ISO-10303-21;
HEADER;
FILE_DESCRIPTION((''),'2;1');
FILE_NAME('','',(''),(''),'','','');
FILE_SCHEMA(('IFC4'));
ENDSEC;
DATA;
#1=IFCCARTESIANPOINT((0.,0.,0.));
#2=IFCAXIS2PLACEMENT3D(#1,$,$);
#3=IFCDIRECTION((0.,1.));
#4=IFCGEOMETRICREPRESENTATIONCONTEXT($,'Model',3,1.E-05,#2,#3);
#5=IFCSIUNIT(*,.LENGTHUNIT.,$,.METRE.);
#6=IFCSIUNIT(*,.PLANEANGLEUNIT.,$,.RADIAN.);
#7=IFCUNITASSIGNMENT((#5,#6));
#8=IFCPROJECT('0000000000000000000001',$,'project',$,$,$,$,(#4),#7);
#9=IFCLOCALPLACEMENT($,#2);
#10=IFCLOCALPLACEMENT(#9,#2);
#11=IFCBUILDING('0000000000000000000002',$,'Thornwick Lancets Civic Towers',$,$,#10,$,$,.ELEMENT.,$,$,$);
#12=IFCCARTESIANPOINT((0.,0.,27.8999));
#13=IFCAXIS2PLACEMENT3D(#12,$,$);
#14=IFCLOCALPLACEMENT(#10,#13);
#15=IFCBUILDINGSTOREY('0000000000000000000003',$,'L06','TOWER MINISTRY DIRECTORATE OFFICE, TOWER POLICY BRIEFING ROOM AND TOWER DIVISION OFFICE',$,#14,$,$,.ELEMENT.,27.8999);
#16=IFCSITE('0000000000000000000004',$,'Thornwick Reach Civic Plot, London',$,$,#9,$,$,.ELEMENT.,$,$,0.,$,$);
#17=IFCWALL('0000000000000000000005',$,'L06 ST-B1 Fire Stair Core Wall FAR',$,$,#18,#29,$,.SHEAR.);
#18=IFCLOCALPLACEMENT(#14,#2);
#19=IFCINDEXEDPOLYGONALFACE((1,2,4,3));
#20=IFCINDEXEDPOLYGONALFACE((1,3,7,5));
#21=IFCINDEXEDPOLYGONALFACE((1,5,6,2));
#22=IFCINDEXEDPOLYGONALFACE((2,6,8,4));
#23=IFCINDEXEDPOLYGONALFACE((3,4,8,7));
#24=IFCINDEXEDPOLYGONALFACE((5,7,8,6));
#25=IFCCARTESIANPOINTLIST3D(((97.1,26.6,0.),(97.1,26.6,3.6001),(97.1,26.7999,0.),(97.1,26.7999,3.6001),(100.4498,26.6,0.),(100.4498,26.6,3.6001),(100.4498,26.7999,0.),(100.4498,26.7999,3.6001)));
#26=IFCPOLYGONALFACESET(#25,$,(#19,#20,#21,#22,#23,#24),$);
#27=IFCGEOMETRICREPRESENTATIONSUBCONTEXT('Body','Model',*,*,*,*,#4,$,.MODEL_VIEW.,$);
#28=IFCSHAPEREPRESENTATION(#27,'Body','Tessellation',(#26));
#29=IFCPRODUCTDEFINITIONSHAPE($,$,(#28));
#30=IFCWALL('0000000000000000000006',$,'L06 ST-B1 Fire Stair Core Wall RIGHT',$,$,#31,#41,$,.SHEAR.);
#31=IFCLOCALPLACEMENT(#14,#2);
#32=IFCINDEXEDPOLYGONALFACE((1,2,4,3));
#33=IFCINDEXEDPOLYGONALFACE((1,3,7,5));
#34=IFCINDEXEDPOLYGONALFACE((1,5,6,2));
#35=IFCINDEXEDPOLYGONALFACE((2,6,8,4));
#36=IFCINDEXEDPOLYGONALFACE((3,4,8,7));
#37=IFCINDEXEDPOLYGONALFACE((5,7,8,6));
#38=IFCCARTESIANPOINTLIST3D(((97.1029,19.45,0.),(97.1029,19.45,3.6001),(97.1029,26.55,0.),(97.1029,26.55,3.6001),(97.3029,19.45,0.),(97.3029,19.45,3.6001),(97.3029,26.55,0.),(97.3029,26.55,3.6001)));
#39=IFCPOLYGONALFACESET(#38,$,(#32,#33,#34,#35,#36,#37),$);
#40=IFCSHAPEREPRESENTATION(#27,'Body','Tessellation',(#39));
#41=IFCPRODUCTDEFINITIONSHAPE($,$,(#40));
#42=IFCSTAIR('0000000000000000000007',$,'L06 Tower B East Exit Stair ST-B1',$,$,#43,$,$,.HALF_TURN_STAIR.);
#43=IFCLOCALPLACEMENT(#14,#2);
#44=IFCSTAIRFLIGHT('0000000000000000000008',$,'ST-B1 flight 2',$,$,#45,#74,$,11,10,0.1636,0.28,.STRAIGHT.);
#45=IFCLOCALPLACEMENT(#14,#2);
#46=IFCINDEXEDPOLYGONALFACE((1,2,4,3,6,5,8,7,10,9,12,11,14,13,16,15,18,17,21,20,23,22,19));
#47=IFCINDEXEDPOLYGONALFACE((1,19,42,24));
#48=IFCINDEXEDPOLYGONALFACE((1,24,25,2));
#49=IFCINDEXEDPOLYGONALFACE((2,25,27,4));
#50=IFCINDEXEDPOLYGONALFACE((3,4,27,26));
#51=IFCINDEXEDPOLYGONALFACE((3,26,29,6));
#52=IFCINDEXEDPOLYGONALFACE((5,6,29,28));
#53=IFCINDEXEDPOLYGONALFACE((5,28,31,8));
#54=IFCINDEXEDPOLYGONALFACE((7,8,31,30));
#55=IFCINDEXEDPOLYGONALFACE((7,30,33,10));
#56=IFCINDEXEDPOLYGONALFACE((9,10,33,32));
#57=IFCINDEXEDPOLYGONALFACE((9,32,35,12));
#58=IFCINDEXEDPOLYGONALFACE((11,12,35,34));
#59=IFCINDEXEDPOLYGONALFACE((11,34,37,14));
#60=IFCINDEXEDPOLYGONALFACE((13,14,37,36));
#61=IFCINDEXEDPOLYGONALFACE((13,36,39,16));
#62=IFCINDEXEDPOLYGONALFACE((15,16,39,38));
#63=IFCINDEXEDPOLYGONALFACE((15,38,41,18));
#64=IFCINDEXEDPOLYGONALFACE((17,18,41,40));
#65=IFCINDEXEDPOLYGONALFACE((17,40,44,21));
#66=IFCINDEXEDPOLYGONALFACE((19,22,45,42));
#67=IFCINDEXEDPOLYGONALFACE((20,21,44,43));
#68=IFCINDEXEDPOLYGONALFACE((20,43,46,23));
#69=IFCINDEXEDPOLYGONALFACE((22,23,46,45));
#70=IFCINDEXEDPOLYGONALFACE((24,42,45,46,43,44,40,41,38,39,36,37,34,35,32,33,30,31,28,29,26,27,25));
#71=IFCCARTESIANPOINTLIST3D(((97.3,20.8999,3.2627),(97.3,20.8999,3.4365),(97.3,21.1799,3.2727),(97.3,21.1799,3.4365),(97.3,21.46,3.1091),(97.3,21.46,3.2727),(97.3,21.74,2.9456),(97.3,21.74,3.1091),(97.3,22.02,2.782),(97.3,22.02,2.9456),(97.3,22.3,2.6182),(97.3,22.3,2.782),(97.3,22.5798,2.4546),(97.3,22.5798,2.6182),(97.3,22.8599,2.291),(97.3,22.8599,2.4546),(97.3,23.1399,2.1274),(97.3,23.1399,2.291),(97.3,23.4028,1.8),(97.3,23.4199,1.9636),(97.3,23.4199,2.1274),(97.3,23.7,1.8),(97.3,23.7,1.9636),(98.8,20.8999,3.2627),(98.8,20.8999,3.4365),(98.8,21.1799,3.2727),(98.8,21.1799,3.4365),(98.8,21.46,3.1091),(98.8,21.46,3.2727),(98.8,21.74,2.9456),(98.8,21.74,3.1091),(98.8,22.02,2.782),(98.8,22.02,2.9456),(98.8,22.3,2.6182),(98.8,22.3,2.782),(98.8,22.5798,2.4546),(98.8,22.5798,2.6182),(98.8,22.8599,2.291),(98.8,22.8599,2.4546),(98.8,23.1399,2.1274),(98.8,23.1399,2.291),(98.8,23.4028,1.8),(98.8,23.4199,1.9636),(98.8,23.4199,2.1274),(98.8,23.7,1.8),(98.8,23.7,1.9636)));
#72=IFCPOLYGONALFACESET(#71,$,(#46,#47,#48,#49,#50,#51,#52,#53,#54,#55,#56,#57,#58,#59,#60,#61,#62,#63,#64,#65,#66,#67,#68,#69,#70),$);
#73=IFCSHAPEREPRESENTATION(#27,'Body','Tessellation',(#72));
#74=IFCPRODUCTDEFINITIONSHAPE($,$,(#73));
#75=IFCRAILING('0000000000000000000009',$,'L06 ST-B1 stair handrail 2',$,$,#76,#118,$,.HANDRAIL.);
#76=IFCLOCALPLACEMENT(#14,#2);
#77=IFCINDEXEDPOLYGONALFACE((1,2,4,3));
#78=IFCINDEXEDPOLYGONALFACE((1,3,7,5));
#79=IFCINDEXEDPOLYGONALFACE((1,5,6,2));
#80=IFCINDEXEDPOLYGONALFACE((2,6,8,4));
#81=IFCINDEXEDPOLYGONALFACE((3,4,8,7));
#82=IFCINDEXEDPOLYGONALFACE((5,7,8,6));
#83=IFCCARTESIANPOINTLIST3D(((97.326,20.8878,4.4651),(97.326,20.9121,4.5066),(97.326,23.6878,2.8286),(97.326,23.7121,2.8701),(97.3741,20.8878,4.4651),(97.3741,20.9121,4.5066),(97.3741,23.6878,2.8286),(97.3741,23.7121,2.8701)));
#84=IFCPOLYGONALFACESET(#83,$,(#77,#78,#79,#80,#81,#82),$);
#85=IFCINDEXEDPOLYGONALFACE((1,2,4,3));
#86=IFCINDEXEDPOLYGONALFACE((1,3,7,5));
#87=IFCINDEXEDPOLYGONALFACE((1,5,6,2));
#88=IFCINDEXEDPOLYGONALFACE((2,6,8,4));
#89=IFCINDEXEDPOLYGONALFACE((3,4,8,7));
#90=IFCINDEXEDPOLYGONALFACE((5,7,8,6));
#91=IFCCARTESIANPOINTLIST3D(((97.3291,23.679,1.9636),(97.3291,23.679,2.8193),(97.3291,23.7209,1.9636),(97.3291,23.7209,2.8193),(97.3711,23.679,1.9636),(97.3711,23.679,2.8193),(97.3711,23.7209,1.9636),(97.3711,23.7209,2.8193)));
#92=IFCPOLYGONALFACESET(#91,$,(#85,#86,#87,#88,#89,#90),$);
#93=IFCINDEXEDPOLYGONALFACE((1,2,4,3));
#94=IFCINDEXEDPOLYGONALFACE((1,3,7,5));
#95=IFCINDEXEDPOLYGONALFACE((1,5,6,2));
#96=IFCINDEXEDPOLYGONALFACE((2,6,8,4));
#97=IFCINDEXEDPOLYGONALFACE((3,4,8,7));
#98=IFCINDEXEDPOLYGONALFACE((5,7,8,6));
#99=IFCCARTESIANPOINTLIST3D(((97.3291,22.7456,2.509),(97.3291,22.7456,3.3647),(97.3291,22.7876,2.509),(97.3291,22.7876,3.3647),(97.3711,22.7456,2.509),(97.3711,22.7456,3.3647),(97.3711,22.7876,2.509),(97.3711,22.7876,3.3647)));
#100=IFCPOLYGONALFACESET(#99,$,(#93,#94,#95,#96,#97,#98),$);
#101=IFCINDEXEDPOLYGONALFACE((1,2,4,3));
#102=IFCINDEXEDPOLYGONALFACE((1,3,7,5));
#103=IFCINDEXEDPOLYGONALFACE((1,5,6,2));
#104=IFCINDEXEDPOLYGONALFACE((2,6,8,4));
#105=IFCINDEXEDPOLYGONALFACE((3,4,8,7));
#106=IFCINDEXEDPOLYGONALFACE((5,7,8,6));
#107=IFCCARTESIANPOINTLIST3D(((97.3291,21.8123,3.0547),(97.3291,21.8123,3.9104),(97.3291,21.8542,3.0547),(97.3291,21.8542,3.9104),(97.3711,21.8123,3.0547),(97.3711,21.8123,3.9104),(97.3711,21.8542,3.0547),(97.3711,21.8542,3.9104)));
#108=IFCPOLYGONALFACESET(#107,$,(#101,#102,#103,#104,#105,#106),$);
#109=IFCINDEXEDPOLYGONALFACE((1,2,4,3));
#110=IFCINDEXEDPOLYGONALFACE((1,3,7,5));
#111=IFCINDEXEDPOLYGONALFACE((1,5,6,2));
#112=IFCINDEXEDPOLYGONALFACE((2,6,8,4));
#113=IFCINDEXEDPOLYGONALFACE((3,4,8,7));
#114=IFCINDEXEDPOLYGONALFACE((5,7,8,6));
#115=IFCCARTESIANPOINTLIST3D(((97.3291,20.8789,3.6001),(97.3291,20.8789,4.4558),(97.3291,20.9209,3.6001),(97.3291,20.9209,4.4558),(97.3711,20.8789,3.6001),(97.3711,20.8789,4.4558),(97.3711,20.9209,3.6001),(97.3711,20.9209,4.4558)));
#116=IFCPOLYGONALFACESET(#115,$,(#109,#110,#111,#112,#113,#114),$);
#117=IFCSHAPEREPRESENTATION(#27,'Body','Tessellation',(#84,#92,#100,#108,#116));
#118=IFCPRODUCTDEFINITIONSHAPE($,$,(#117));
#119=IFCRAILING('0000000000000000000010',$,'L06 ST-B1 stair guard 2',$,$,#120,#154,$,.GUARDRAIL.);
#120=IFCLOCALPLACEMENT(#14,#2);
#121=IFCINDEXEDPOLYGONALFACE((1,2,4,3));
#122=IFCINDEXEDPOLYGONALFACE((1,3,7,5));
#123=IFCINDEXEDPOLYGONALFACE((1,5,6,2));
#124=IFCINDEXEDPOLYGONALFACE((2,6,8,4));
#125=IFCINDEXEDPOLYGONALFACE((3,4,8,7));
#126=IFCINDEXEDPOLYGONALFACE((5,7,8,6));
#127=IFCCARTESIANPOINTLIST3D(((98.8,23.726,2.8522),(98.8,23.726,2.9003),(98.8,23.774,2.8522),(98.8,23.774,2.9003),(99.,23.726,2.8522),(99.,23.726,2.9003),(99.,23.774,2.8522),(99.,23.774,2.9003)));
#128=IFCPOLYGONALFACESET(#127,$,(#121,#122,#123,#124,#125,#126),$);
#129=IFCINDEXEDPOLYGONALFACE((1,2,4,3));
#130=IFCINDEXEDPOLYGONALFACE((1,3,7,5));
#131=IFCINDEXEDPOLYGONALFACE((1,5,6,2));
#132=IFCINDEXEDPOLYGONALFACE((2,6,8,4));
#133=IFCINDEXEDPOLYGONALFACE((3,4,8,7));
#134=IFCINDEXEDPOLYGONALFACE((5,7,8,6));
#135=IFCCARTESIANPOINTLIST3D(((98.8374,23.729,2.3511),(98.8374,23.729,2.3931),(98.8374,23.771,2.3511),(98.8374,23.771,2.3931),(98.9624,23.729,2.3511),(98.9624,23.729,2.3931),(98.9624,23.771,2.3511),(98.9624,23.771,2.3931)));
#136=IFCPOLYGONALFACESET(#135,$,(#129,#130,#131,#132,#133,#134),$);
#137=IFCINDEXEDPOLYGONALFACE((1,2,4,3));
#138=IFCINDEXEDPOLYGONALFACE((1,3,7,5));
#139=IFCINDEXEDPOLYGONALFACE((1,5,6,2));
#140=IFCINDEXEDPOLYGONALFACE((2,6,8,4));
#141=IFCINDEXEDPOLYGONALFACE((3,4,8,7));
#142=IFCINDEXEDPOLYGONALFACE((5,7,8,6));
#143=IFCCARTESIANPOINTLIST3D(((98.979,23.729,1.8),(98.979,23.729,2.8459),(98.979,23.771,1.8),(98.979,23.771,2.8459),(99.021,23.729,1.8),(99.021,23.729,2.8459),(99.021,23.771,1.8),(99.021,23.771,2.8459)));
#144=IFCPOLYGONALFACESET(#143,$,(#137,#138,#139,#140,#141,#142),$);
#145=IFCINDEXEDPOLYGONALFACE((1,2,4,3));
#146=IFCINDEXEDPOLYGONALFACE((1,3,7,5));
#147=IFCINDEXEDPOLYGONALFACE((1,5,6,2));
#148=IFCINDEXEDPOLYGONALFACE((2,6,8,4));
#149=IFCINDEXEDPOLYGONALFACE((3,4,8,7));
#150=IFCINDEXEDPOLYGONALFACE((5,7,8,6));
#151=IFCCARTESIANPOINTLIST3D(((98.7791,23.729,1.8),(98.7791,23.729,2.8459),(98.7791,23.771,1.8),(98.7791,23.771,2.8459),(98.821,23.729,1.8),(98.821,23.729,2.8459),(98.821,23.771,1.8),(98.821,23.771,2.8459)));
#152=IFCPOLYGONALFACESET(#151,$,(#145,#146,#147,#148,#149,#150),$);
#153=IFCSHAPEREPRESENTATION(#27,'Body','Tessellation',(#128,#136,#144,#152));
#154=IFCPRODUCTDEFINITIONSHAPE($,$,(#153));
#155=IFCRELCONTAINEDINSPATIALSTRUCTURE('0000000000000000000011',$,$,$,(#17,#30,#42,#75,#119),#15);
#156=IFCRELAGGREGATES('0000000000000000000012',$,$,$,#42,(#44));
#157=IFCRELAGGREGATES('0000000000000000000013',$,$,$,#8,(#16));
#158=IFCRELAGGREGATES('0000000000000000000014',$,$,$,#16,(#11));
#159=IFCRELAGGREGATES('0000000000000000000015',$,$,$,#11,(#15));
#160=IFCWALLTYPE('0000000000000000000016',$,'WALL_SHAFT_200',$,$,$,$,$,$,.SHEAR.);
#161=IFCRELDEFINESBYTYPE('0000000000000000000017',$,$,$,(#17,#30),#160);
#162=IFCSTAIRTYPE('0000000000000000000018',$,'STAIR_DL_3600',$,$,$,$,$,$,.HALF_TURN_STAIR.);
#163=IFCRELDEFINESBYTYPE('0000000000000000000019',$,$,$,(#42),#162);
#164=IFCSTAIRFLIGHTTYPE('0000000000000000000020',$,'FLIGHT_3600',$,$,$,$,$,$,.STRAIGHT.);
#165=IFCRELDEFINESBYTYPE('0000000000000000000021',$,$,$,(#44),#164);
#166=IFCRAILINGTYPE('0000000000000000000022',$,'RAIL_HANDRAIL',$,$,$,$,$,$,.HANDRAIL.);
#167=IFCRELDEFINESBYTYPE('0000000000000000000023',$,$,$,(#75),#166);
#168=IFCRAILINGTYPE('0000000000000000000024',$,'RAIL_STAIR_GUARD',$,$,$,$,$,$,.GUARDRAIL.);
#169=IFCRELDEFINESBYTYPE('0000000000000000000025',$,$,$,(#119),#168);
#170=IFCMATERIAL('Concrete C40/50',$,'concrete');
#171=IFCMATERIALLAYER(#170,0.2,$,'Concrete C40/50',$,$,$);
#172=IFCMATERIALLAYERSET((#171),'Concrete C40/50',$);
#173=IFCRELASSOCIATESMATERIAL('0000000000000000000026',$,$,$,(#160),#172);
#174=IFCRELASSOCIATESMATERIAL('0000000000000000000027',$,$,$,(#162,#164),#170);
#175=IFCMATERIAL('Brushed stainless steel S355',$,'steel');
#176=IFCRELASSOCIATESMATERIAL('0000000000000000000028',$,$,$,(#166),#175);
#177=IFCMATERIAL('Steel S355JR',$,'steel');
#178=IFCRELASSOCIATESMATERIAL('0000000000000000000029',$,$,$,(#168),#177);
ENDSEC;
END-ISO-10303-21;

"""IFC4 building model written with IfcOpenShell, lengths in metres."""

from ifc_helpers import new_model, si_unit, direction, frame, frame_2d, origin, origin_2d, place, context, subcontext, project, spatial, polyline, rectangle, outline, extrude, material, layer, layer_set, type_object, element, aggregate, save


model = new_model("IFC4")

# Units and contexts
model_context = context("Model", 3, precision=1e-05, world=origin(), true_north=direction((0.0, 1.0)))
body_context = subcontext(model_context, "Body", "Model", "MODEL_VIEW")
ifc_project = project(units=[si_unit("LENGTHUNIT", "METRE"), si_unit("PLANEANGLEUNIT", "RADIAN")], contexts=[model_context])

# Site, building, storey
site_placement = place(None, origin())
site = spatial("IfcSite", under=ifc_project, at=site_placement, Name="Thornwick Reach Civic Plot, London", CompositionType="ELEMENT", RefElevation=0.0)
building_placement = place(site_placement, origin())
building = spatial("IfcBuilding", under=site, at=building_placement, Name="Thornwick Lancets Civic Towers", CompositionType="ELEMENT")
storey_placement = place(building_placement, frame((0.0, 0.0, 27.8999)))
storey = spatial("IfcBuildingStorey", under=building, at=storey_placement, Name="L06", Description="TOWER MINISTRY DIRECTORATE OFFICE, TOWER POLICY BRIEFING ROOM AND TOWER DIVISION OFFICE", CompositionType="ELEMENT", Elevation=27.8999)

# Walls
ifc_material_1 = material(Name="Concrete C40/50", Category="concrete")
ifc_layer_1 = layer(ifc_material_1, 0.2, Name="Concrete C40/50")
ifc_layer_set_1 = layer_set([ifc_layer_1], Name="Concrete C40/50")
wall_type_1 = type_object("IfcWallType", Name="WALL_SHAFT_200", PredefinedType="SHEAR", material=ifc_layer_set_1)
wall_1_placement = place(storey_placement, frame((97.1001, 26.7, 0.0), z_axis=(0.0, 0.0, 1.0), x_axis=(1.0, 0.0, 0.0)))
element("IfcWall", 1, at=wall_1_placement, inside=storey, type_object=wall_type_1, Name="L06 ST-B1 Fire Stair Core Wall FAR", PredefinedType="SHEAR", context=body_context, shape_type="SweptSolid", body=[
    extrude(rectangle(XDim=3.3499, YDim=0.2, at=frame_2d((1.6748, 0.0))), origin(), (0.0, 0.0, 1.0), 3.6001),
])
wall_2_placement = place(storey_placement, frame((97.2029, 26.55, 0.0), z_axis=(0.0, 0.0, 1.0), x_axis=(0.0, -1.0, 0.0)))
element("IfcWall", 2, at=wall_2_placement, inside=storey, type_object=wall_type_1, Name="L06 ST-B1 Fire Stair Core Wall RIGHT", PredefinedType="SHEAR", context=body_context, shape_type="SweptSolid", body=[
    extrude(rectangle(XDim=7.1001, YDim=0.2, at=frame_2d((3.55, 0.0))), origin(), (0.0, 0.0, 1.0), 3.6001),
])

# Stair, stair flight
stair_type = type_object("IfcStairType", Name="STAIR_DL_3600", PredefinedType="HALF_TURN_STAIR", material=ifc_material_1)
stair_placement = place(storey_placement, origin())
stair = element("IfcStair", 3, at=stair_placement, inside=storey, type_object=stair_type, Name="L06 Tower B East Exit Stair ST-B1", PredefinedType="HALF_TURN_STAIR")
stair_flight_type = type_object("IfcStairFlightType", Name="FLIGHT_3600", PredefinedType="STRAIGHT", material=ifc_material_1)
stair_flight_placement = place(storey_placement, frame((98.05, 23.7, 1.8), z_axis=(0.0, 0.0, 1.0), x_axis=(0.0, -1.0, 0.0)))
stair_flight = element("IfcStairFlight", 4, at=stair_flight_placement, type_object=stair_flight_type, Name="ST-B1 flight 2", NumberOfRisers=11, NumberOfTreads=10, PredefinedType="STRAIGHT", RiserHeight=0.1636, TreadLength=0.28, context=body_context, shape_type="SweptSolid", body=[
    extrude(outline(polyline([(0.0, 0.0), (0.0, 0.1636), (0.28, 0.1636), (0.28, 0.3274), (0.5601, 0.3274), (0.5601, 0.491), (0.8401, 0.491), (0.8401, 0.6545), (1.1201, 0.6545), (1.1201, 0.8181), (1.3999, 0.8181), (1.3999, 0.9819), (1.6799, 0.9819), (1.6799, 1.1455), (1.96, 1.1455), (1.96, 1.3091), (2.24, 1.3091), (2.24, 1.4727), (2.52, 1.4727), (2.52, 1.6365), (2.8, 1.6365), (2.8, 1.8), (2.8, 1.4626), (0.2971, 0.0), (0.0, 0.0)])), frame((0.0, 0.75, 0.0), z_axis=(0.0, -1.0, 0.0), x_axis=(1.0, 0.0, 0.0)), (0.0, 0.0, 1.0), 1.5),
])
aggregate(stair, [stair_flight])

# Railings
ifc_material_2 = material(Name="Brushed stainless steel S355", Category="steel")
railing_type_1 = type_object("IfcRailingType", Name="RAIL_HANDRAIL", PredefinedType="HANDRAIL", material=ifc_material_2)
railing_1_placement = place(storey_placement, frame((97.3501, 23.7, 1.9636)))
element("IfcRailing", 5, at=railing_1_placement, inside=storey, type_object=railing_type_1, Name="L06 ST-B1 stair handrail 2", PredefinedType="HANDRAIL", context=body_context, shape_type="SweptSolid", body=[
    extrude(rectangle(XDim=0.0481, YDim=0.0481, at=origin_2d()), frame((0.0, 0.0, 0.8857), z_axis=(0.0, -0.863361, 0.504587), x_axis=(1.0, 0.0, 0.0)), (0.0, 0.0, 1.0), 3.2432),
    extrude(rectangle(XDim=0.042, YDim=0.042, at=origin_2d()), origin(), (0.0, 0.0, 1.0), 0.8557),
    extrude(rectangle(XDim=0.042, YDim=0.042, at=origin_2d()), frame((0.0, -0.9333, 0.5454)), (0.0, 0.0, 1.0), 0.8557),
    extrude(rectangle(XDim=0.042, YDim=0.042, at=origin_2d()), frame((0.0, -1.8667, 1.0911)), (0.0, 0.0, 1.0), 0.8557),
    extrude(rectangle(XDim=0.042, YDim=0.042, at=origin_2d()), frame((0.0, -2.8, 1.6365)), (0.0, 0.0, 1.0), 0.8557),
])
ifc_material_3 = material(Name="Steel S355JR", Category="steel")
railing_type_2 = type_object("IfcRailingType", Name="RAIL_STAIR_GUARD", PredefinedType="GUARDRAIL", material=ifc_material_3)
railing_2_placement = place(storey_placement, frame((99.0, 23.75, 1.8)))
element("IfcRailing", 6, at=railing_2_placement, inside=storey, type_object=railing_type_2, Name="L06 ST-B1 stair guard 2", PredefinedType="GUARDRAIL", context=body_context, shape_type="SweptSolid", body=[
    extrude(rectangle(XDim=0.0481, YDim=0.0481, at=origin_2d()), frame((0.0, 0.0, 1.0762), z_axis=(-1.0, 0.0, 0.0), x_axis=(0.0, -1.0, 0.0)), (0.0, 0.0, 1.0), 0.2),
    extrude(rectangle(XDim=0.042, YDim=0.042, at=origin_2d()), frame((-0.0376, 0.0, 0.572), z_axis=(-1.0, 0.0, 0.0), x_axis=(0.0, -1.0, 0.0)), (0.0, 0.0, 1.0), 0.125),
    extrude(rectangle(XDim=0.042, YDim=0.042, at=origin_2d()), origin(), (0.0, 0.0, 1.0), 1.0459),
    extrude(rectangle(XDim=0.042, YDim=0.042, at=origin_2d()), frame((-0.2, 0.0, 0.0)), (0.0, 0.0, 1.0), 1.0459),
])

save(model, "model.ifc")
